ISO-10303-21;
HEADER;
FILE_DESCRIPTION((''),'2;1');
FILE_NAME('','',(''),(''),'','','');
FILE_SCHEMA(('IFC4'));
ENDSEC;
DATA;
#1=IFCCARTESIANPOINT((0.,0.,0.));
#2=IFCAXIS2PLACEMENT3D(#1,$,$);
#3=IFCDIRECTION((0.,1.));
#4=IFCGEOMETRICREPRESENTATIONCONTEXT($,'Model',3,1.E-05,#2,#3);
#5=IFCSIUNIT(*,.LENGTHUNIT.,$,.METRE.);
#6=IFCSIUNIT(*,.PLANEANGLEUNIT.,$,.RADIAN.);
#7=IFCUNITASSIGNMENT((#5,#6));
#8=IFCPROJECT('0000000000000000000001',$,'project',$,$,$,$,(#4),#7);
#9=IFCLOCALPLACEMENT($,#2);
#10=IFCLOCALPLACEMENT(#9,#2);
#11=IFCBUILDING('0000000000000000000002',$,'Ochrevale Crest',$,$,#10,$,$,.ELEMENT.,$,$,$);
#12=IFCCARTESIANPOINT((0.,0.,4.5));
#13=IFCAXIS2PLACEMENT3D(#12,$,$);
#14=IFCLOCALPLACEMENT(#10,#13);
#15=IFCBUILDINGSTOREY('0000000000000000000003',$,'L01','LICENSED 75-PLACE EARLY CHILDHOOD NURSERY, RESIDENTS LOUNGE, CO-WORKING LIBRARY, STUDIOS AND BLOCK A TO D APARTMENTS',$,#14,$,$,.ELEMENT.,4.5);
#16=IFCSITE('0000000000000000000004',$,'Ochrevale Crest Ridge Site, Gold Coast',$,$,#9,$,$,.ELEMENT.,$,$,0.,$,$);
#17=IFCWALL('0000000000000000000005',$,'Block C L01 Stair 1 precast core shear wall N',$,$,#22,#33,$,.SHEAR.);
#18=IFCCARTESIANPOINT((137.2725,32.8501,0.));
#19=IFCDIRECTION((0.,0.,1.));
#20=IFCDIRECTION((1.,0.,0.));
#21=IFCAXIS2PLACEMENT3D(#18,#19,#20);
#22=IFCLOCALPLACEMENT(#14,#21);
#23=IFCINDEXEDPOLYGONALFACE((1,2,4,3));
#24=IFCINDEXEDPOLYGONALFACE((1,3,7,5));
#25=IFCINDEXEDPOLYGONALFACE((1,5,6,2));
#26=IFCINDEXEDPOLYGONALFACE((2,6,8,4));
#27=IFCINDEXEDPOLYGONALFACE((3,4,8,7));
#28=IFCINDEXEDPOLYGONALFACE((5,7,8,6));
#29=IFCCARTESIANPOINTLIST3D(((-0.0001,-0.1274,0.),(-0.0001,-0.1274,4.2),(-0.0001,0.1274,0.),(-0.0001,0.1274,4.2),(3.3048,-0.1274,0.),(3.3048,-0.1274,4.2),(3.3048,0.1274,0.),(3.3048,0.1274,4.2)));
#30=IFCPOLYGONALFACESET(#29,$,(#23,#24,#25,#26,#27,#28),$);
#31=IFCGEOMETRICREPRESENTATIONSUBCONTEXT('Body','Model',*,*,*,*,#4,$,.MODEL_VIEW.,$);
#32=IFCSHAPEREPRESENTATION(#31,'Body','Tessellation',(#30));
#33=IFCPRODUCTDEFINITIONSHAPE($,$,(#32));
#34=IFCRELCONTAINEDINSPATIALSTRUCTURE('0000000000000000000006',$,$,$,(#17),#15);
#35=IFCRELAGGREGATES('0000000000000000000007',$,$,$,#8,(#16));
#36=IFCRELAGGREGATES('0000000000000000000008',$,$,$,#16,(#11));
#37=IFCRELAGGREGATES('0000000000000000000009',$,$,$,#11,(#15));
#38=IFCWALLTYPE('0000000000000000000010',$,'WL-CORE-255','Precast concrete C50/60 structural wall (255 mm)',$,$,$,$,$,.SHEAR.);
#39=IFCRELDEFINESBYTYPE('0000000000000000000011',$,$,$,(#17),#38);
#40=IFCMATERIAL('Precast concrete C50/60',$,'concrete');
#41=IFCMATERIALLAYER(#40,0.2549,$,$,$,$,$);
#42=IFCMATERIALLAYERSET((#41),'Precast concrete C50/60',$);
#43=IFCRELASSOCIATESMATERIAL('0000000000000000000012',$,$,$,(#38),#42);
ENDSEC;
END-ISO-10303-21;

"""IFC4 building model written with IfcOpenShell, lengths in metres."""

from ifc_helpers import new_model, si_unit, direction, frame, frame_2d, origin, place, context, subcontext, project, spatial, rectangle, extrude, material, layer, layer_set, type_object, element, save


model = new_model("IFC4")

# Units and contexts
model_context = context("Model", 3, precision=1e-05, world=origin(), true_north=direction((0.0, 1.0)))
body_context = subcontext(model_context, "Body", "Model", "MODEL_VIEW")
ifc_project = project(units=[si_unit("LENGTHUNIT", "METRE"), si_unit("PLANEANGLEUNIT", "RADIAN")], contexts=[model_context])

# Site, building, storey
site_placement = place(None, origin())
site = spatial("IfcSite", under=ifc_project, at=site_placement, Name="Ochrevale Crest Ridge Site, Gold Coast", CompositionType="ELEMENT", RefElevation=0.0)
building_placement = place(site_placement, origin())
building = spatial("IfcBuilding", under=site, at=building_placement, Name="Ochrevale Crest", CompositionType="ELEMENT")
storey_placement = place(building_placement, frame((0.0, 0.0, 4.5)))
storey = spatial("IfcBuildingStorey", under=building, at=storey_placement, Name="L01", Description="LICENSED 75-PLACE EARLY CHILDHOOD NURSERY, RESIDENTS LOUNGE, CO-WORKING LIBRARY, STUDIOS AND BLOCK A TO D APARTMENTS", CompositionType="ELEMENT", Elevation=4.5)

# Shared definitions
ifc_material_1 = material(Name="Precast concrete C50/60", Category="concrete")

# Shared definitions
ifc_layer_1 = layer(ifc_material_1, 0.2549)
ifc_layer_set_1 = layer_set([ifc_layer_1], Name="Precast concrete C50/60")
wall_type_1 = type_object("IfcWallType", Name="WL-CORE-255", Description="Precast concrete C50/60 structural wall (255 mm)", PredefinedType="SHEAR", material=ifc_layer_set_1)

# Wall
wall_1_placement = place(storey_placement, frame((137.2725, 32.8501, 0.0), z_axis=(0.0, 0.0, 1.0), x_axis=(1.0, 0.0, 0.0)))
element("IfcWall", 1, at=wall_1_placement, inside=storey, type_object=wall_type_1, Name="Block C L01 Stair 1 precast core shear wall N", PredefinedType="SHEAR", context=body_context, shape_type="SweptSolid", body=[
    extrude(rectangle(XDim=3.3049, YDim=0.2549, at=frame_2d((1.6523, 0.0))), origin(), (0.0, 0.0, 1.0), 4.2),
])

save(model, "model.ifc")
